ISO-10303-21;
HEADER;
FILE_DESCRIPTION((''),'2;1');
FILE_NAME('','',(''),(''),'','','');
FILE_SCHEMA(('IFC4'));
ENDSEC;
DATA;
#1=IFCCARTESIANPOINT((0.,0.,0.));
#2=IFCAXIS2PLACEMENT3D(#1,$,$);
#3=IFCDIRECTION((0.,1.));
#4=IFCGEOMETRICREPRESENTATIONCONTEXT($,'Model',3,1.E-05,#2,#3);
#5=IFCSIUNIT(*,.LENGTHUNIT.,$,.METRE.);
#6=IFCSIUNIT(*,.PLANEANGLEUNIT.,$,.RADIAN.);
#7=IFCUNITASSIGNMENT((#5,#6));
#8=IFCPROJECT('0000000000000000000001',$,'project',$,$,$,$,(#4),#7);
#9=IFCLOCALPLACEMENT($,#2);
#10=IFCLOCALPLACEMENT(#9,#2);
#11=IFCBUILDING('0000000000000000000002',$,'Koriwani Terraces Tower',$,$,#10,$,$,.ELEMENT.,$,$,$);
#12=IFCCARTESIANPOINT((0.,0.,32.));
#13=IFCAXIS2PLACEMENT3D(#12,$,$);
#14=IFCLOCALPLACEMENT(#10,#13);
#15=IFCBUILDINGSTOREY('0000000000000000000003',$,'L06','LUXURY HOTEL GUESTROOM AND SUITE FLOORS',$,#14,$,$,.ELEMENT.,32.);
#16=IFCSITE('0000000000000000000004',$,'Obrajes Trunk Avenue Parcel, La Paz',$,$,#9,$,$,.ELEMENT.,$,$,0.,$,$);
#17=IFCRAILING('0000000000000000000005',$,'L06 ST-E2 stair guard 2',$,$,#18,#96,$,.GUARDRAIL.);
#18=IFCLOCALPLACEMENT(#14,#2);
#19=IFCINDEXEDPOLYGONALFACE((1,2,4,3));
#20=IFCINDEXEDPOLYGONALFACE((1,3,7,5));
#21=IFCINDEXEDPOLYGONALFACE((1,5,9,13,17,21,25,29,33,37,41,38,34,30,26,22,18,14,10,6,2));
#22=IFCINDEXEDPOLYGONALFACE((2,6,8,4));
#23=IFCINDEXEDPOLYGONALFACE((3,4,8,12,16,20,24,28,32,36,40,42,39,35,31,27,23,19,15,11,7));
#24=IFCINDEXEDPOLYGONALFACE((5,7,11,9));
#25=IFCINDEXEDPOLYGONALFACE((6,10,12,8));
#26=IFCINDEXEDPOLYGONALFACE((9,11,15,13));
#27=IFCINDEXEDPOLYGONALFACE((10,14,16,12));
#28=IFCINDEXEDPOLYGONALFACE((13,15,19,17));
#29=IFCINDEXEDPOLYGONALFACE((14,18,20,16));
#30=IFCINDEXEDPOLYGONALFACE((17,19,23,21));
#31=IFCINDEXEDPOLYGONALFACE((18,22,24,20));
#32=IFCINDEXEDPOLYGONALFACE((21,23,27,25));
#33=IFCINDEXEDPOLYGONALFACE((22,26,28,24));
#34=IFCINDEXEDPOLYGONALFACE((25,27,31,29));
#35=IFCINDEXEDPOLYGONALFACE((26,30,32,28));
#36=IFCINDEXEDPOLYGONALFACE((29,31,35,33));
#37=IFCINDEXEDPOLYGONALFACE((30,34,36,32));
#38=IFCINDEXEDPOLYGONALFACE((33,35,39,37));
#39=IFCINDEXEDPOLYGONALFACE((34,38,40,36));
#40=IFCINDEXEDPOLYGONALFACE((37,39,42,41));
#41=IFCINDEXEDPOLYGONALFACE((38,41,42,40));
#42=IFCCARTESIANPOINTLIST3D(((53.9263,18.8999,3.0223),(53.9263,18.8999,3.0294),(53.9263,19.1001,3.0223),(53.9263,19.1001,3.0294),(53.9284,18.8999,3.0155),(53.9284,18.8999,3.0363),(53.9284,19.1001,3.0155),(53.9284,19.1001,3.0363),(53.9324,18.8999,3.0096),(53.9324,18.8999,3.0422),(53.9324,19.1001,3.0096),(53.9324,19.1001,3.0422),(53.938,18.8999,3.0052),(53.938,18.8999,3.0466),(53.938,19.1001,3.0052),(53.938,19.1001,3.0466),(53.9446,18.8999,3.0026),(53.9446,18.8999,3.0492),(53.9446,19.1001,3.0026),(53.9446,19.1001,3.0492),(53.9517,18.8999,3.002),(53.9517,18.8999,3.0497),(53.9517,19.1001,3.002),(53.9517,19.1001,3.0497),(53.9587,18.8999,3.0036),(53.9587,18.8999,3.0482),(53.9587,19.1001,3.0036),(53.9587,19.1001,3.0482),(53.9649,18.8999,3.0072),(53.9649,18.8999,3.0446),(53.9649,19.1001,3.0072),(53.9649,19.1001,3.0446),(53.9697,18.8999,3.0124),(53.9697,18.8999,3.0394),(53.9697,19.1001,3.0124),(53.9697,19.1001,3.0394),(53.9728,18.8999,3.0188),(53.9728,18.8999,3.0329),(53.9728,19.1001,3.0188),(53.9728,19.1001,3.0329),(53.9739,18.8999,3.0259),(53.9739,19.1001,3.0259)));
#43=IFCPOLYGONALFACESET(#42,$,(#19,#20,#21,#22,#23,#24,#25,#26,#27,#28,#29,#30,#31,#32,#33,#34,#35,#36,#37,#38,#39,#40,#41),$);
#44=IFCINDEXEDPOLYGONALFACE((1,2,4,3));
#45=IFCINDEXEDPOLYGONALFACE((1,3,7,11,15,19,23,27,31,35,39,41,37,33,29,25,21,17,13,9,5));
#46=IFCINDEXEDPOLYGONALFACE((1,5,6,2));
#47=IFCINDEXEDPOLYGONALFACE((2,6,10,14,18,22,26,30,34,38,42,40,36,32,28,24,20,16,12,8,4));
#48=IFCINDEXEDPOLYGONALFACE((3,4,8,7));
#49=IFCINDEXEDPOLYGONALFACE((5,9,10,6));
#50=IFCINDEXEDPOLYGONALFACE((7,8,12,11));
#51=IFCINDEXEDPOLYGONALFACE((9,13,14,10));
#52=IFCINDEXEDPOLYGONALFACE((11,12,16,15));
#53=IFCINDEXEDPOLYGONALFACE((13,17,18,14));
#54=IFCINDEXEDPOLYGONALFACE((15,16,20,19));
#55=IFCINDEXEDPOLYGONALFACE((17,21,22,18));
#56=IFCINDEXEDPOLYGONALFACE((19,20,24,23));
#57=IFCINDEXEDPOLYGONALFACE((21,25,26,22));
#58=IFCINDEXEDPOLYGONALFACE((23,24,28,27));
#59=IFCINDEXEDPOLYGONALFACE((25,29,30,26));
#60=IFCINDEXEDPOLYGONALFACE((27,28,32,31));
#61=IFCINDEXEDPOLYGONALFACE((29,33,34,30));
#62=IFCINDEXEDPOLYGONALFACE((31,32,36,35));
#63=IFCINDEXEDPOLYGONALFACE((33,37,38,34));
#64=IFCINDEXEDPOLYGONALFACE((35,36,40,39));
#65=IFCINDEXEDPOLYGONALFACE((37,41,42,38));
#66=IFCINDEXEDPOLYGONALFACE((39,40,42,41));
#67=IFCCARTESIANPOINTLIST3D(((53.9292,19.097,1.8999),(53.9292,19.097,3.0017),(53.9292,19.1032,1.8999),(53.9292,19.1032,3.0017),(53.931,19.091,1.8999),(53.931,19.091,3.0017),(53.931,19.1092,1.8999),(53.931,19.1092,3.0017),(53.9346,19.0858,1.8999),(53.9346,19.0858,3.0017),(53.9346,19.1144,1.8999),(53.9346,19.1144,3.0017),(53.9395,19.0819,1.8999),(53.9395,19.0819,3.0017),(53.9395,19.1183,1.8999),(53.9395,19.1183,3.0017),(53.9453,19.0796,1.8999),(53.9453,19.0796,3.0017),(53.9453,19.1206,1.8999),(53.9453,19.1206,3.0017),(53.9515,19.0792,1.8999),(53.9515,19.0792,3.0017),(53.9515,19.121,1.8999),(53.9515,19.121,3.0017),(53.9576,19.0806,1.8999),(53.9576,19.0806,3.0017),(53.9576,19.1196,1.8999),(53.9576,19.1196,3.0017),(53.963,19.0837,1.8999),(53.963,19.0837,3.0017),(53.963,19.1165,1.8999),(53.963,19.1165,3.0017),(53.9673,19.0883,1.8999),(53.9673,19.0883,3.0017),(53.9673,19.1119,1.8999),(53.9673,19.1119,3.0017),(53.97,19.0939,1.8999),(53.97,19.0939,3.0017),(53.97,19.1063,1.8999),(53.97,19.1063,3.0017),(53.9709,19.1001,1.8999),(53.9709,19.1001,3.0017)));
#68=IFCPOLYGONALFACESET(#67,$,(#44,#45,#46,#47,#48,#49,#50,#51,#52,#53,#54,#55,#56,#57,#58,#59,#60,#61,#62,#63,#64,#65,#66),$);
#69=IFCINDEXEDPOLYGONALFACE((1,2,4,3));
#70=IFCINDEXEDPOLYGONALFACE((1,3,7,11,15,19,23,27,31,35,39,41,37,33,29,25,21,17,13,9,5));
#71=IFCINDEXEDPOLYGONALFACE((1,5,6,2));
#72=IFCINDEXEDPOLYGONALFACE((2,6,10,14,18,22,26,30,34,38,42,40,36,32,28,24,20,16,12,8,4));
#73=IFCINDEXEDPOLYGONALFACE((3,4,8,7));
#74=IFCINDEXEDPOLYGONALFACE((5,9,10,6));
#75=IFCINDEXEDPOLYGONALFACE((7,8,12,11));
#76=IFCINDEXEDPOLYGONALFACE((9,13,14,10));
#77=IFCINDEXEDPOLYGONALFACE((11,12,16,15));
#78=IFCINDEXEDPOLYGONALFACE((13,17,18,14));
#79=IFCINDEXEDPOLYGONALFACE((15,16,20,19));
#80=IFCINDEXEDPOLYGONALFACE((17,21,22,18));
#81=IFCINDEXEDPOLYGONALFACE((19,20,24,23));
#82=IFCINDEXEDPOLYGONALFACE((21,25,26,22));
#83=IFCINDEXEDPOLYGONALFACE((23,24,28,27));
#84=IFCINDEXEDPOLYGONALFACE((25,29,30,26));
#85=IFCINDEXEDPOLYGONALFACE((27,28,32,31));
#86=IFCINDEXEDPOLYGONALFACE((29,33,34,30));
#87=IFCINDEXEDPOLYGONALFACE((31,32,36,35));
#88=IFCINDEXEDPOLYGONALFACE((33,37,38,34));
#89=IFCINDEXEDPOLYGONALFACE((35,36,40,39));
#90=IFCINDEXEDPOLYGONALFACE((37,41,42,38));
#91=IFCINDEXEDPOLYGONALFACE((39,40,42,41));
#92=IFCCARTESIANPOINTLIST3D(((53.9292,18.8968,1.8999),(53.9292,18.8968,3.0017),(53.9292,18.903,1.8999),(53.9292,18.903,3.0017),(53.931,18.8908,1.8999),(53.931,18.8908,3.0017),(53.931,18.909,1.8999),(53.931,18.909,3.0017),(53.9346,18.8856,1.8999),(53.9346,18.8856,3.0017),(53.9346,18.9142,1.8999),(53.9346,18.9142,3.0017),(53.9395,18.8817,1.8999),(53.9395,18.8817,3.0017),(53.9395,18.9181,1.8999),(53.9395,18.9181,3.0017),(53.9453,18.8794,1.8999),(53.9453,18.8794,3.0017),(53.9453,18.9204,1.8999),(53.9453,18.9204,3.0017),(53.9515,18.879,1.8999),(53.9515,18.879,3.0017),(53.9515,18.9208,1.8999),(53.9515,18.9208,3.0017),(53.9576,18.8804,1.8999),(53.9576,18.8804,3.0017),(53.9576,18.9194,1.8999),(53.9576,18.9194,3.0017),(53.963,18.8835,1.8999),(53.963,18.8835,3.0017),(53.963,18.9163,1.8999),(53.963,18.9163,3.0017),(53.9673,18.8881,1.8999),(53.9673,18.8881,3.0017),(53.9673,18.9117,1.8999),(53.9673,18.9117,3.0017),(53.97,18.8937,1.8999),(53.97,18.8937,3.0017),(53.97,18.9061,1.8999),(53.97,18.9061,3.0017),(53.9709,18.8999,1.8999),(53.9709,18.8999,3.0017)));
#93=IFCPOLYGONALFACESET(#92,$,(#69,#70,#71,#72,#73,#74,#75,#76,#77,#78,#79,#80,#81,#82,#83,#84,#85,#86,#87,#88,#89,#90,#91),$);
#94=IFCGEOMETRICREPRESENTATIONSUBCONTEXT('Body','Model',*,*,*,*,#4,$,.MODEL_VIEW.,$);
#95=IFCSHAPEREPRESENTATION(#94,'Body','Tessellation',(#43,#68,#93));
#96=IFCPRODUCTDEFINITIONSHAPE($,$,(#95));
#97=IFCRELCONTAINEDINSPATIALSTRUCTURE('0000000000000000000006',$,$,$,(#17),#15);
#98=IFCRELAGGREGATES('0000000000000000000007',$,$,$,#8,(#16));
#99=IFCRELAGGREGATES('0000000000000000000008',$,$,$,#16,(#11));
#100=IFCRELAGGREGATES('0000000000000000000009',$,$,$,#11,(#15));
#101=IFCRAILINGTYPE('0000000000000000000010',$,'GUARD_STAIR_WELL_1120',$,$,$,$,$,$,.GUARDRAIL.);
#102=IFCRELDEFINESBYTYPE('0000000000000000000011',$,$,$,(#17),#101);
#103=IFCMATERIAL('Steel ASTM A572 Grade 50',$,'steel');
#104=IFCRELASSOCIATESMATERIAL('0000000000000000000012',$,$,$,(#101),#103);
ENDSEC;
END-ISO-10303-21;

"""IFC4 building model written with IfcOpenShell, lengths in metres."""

from ifc_helpers import new_model, si_unit, direction, frame, origin, origin_2d, place, context, subcontext, project, spatial, circle, extrude, material, type_object, element, save


model = new_model("IFC4")

# Units and contexts
model_context = context("Model", 3, precision=1e-05, world=origin(), true_north=direction((0.0, 1.0)))
body_context = subcontext(model_context, "Body", "Model", "MODEL_VIEW")
ifc_project = project(units=[si_unit("LENGTHUNIT", "METRE"), si_unit("PLANEANGLEUNIT", "RADIAN")], contexts=[model_context])

# Site, building, storey
site_placement = place(None, origin())
site = spatial("IfcSite", under=ifc_project, at=site_placement, Name="Obrajes Trunk Avenue Parcel, La Paz", CompositionType="ELEMENT", RefElevation=0.0)
building_placement = place(site_placement, origin())
building = spatial("IfcBuilding", under=site, at=building_placement, Name="Koriwani Terraces Tower", CompositionType="ELEMENT")
storey_placement = place(building_placement, frame((0.0, 0.0, 32.0)))
storey = spatial("IfcBuildingStorey", under=building, at=storey_placement, Name="L06", Description="LUXURY HOTEL GUESTROOM AND SUITE FLOORS", CompositionType="ELEMENT", Elevation=32.0)

# Shared definitions
ifc_material_1 = material(Name="Steel ASTM A572 Grade 50", Category="steel")

# Railing
railing_type_1 = type_object("IfcRailingType", Name="GUARD_STAIR_WELL_1120", PredefinedType="GUARDRAIL", material=ifc_material_1)
railing_1_placement = place(storey_placement, frame((53.95, 19.1001, 1.8999)))
element("IfcRailing", 1, at=railing_1_placement, inside=storey, type_object=railing_type_1, Name="L06 ST-E2 stair guard 2", PredefinedType="GUARDRAIL", context=body_context, shape_type="SweptSolid", body=[
    extrude(circle(Radius=0.0239, at=origin_2d()), frame((0.0, 0.0, 1.126), z_axis=(0.0, -1.0, 0.0), x_axis=(1.0, 0.0, 0.0)), (0.0, 0.0, 1.0), 0.2002),
    extrude(circle(Radius=0.021, at=origin_2d()), origin(), (0.0, 0.0, 1.0), 1.1018),
    extrude(circle(Radius=0.021, at=origin_2d()), frame((0.0, -0.2002, 0.0)), (0.0, 0.0, 1.0), 1.1018),
])

save(model, "model.ifc")
